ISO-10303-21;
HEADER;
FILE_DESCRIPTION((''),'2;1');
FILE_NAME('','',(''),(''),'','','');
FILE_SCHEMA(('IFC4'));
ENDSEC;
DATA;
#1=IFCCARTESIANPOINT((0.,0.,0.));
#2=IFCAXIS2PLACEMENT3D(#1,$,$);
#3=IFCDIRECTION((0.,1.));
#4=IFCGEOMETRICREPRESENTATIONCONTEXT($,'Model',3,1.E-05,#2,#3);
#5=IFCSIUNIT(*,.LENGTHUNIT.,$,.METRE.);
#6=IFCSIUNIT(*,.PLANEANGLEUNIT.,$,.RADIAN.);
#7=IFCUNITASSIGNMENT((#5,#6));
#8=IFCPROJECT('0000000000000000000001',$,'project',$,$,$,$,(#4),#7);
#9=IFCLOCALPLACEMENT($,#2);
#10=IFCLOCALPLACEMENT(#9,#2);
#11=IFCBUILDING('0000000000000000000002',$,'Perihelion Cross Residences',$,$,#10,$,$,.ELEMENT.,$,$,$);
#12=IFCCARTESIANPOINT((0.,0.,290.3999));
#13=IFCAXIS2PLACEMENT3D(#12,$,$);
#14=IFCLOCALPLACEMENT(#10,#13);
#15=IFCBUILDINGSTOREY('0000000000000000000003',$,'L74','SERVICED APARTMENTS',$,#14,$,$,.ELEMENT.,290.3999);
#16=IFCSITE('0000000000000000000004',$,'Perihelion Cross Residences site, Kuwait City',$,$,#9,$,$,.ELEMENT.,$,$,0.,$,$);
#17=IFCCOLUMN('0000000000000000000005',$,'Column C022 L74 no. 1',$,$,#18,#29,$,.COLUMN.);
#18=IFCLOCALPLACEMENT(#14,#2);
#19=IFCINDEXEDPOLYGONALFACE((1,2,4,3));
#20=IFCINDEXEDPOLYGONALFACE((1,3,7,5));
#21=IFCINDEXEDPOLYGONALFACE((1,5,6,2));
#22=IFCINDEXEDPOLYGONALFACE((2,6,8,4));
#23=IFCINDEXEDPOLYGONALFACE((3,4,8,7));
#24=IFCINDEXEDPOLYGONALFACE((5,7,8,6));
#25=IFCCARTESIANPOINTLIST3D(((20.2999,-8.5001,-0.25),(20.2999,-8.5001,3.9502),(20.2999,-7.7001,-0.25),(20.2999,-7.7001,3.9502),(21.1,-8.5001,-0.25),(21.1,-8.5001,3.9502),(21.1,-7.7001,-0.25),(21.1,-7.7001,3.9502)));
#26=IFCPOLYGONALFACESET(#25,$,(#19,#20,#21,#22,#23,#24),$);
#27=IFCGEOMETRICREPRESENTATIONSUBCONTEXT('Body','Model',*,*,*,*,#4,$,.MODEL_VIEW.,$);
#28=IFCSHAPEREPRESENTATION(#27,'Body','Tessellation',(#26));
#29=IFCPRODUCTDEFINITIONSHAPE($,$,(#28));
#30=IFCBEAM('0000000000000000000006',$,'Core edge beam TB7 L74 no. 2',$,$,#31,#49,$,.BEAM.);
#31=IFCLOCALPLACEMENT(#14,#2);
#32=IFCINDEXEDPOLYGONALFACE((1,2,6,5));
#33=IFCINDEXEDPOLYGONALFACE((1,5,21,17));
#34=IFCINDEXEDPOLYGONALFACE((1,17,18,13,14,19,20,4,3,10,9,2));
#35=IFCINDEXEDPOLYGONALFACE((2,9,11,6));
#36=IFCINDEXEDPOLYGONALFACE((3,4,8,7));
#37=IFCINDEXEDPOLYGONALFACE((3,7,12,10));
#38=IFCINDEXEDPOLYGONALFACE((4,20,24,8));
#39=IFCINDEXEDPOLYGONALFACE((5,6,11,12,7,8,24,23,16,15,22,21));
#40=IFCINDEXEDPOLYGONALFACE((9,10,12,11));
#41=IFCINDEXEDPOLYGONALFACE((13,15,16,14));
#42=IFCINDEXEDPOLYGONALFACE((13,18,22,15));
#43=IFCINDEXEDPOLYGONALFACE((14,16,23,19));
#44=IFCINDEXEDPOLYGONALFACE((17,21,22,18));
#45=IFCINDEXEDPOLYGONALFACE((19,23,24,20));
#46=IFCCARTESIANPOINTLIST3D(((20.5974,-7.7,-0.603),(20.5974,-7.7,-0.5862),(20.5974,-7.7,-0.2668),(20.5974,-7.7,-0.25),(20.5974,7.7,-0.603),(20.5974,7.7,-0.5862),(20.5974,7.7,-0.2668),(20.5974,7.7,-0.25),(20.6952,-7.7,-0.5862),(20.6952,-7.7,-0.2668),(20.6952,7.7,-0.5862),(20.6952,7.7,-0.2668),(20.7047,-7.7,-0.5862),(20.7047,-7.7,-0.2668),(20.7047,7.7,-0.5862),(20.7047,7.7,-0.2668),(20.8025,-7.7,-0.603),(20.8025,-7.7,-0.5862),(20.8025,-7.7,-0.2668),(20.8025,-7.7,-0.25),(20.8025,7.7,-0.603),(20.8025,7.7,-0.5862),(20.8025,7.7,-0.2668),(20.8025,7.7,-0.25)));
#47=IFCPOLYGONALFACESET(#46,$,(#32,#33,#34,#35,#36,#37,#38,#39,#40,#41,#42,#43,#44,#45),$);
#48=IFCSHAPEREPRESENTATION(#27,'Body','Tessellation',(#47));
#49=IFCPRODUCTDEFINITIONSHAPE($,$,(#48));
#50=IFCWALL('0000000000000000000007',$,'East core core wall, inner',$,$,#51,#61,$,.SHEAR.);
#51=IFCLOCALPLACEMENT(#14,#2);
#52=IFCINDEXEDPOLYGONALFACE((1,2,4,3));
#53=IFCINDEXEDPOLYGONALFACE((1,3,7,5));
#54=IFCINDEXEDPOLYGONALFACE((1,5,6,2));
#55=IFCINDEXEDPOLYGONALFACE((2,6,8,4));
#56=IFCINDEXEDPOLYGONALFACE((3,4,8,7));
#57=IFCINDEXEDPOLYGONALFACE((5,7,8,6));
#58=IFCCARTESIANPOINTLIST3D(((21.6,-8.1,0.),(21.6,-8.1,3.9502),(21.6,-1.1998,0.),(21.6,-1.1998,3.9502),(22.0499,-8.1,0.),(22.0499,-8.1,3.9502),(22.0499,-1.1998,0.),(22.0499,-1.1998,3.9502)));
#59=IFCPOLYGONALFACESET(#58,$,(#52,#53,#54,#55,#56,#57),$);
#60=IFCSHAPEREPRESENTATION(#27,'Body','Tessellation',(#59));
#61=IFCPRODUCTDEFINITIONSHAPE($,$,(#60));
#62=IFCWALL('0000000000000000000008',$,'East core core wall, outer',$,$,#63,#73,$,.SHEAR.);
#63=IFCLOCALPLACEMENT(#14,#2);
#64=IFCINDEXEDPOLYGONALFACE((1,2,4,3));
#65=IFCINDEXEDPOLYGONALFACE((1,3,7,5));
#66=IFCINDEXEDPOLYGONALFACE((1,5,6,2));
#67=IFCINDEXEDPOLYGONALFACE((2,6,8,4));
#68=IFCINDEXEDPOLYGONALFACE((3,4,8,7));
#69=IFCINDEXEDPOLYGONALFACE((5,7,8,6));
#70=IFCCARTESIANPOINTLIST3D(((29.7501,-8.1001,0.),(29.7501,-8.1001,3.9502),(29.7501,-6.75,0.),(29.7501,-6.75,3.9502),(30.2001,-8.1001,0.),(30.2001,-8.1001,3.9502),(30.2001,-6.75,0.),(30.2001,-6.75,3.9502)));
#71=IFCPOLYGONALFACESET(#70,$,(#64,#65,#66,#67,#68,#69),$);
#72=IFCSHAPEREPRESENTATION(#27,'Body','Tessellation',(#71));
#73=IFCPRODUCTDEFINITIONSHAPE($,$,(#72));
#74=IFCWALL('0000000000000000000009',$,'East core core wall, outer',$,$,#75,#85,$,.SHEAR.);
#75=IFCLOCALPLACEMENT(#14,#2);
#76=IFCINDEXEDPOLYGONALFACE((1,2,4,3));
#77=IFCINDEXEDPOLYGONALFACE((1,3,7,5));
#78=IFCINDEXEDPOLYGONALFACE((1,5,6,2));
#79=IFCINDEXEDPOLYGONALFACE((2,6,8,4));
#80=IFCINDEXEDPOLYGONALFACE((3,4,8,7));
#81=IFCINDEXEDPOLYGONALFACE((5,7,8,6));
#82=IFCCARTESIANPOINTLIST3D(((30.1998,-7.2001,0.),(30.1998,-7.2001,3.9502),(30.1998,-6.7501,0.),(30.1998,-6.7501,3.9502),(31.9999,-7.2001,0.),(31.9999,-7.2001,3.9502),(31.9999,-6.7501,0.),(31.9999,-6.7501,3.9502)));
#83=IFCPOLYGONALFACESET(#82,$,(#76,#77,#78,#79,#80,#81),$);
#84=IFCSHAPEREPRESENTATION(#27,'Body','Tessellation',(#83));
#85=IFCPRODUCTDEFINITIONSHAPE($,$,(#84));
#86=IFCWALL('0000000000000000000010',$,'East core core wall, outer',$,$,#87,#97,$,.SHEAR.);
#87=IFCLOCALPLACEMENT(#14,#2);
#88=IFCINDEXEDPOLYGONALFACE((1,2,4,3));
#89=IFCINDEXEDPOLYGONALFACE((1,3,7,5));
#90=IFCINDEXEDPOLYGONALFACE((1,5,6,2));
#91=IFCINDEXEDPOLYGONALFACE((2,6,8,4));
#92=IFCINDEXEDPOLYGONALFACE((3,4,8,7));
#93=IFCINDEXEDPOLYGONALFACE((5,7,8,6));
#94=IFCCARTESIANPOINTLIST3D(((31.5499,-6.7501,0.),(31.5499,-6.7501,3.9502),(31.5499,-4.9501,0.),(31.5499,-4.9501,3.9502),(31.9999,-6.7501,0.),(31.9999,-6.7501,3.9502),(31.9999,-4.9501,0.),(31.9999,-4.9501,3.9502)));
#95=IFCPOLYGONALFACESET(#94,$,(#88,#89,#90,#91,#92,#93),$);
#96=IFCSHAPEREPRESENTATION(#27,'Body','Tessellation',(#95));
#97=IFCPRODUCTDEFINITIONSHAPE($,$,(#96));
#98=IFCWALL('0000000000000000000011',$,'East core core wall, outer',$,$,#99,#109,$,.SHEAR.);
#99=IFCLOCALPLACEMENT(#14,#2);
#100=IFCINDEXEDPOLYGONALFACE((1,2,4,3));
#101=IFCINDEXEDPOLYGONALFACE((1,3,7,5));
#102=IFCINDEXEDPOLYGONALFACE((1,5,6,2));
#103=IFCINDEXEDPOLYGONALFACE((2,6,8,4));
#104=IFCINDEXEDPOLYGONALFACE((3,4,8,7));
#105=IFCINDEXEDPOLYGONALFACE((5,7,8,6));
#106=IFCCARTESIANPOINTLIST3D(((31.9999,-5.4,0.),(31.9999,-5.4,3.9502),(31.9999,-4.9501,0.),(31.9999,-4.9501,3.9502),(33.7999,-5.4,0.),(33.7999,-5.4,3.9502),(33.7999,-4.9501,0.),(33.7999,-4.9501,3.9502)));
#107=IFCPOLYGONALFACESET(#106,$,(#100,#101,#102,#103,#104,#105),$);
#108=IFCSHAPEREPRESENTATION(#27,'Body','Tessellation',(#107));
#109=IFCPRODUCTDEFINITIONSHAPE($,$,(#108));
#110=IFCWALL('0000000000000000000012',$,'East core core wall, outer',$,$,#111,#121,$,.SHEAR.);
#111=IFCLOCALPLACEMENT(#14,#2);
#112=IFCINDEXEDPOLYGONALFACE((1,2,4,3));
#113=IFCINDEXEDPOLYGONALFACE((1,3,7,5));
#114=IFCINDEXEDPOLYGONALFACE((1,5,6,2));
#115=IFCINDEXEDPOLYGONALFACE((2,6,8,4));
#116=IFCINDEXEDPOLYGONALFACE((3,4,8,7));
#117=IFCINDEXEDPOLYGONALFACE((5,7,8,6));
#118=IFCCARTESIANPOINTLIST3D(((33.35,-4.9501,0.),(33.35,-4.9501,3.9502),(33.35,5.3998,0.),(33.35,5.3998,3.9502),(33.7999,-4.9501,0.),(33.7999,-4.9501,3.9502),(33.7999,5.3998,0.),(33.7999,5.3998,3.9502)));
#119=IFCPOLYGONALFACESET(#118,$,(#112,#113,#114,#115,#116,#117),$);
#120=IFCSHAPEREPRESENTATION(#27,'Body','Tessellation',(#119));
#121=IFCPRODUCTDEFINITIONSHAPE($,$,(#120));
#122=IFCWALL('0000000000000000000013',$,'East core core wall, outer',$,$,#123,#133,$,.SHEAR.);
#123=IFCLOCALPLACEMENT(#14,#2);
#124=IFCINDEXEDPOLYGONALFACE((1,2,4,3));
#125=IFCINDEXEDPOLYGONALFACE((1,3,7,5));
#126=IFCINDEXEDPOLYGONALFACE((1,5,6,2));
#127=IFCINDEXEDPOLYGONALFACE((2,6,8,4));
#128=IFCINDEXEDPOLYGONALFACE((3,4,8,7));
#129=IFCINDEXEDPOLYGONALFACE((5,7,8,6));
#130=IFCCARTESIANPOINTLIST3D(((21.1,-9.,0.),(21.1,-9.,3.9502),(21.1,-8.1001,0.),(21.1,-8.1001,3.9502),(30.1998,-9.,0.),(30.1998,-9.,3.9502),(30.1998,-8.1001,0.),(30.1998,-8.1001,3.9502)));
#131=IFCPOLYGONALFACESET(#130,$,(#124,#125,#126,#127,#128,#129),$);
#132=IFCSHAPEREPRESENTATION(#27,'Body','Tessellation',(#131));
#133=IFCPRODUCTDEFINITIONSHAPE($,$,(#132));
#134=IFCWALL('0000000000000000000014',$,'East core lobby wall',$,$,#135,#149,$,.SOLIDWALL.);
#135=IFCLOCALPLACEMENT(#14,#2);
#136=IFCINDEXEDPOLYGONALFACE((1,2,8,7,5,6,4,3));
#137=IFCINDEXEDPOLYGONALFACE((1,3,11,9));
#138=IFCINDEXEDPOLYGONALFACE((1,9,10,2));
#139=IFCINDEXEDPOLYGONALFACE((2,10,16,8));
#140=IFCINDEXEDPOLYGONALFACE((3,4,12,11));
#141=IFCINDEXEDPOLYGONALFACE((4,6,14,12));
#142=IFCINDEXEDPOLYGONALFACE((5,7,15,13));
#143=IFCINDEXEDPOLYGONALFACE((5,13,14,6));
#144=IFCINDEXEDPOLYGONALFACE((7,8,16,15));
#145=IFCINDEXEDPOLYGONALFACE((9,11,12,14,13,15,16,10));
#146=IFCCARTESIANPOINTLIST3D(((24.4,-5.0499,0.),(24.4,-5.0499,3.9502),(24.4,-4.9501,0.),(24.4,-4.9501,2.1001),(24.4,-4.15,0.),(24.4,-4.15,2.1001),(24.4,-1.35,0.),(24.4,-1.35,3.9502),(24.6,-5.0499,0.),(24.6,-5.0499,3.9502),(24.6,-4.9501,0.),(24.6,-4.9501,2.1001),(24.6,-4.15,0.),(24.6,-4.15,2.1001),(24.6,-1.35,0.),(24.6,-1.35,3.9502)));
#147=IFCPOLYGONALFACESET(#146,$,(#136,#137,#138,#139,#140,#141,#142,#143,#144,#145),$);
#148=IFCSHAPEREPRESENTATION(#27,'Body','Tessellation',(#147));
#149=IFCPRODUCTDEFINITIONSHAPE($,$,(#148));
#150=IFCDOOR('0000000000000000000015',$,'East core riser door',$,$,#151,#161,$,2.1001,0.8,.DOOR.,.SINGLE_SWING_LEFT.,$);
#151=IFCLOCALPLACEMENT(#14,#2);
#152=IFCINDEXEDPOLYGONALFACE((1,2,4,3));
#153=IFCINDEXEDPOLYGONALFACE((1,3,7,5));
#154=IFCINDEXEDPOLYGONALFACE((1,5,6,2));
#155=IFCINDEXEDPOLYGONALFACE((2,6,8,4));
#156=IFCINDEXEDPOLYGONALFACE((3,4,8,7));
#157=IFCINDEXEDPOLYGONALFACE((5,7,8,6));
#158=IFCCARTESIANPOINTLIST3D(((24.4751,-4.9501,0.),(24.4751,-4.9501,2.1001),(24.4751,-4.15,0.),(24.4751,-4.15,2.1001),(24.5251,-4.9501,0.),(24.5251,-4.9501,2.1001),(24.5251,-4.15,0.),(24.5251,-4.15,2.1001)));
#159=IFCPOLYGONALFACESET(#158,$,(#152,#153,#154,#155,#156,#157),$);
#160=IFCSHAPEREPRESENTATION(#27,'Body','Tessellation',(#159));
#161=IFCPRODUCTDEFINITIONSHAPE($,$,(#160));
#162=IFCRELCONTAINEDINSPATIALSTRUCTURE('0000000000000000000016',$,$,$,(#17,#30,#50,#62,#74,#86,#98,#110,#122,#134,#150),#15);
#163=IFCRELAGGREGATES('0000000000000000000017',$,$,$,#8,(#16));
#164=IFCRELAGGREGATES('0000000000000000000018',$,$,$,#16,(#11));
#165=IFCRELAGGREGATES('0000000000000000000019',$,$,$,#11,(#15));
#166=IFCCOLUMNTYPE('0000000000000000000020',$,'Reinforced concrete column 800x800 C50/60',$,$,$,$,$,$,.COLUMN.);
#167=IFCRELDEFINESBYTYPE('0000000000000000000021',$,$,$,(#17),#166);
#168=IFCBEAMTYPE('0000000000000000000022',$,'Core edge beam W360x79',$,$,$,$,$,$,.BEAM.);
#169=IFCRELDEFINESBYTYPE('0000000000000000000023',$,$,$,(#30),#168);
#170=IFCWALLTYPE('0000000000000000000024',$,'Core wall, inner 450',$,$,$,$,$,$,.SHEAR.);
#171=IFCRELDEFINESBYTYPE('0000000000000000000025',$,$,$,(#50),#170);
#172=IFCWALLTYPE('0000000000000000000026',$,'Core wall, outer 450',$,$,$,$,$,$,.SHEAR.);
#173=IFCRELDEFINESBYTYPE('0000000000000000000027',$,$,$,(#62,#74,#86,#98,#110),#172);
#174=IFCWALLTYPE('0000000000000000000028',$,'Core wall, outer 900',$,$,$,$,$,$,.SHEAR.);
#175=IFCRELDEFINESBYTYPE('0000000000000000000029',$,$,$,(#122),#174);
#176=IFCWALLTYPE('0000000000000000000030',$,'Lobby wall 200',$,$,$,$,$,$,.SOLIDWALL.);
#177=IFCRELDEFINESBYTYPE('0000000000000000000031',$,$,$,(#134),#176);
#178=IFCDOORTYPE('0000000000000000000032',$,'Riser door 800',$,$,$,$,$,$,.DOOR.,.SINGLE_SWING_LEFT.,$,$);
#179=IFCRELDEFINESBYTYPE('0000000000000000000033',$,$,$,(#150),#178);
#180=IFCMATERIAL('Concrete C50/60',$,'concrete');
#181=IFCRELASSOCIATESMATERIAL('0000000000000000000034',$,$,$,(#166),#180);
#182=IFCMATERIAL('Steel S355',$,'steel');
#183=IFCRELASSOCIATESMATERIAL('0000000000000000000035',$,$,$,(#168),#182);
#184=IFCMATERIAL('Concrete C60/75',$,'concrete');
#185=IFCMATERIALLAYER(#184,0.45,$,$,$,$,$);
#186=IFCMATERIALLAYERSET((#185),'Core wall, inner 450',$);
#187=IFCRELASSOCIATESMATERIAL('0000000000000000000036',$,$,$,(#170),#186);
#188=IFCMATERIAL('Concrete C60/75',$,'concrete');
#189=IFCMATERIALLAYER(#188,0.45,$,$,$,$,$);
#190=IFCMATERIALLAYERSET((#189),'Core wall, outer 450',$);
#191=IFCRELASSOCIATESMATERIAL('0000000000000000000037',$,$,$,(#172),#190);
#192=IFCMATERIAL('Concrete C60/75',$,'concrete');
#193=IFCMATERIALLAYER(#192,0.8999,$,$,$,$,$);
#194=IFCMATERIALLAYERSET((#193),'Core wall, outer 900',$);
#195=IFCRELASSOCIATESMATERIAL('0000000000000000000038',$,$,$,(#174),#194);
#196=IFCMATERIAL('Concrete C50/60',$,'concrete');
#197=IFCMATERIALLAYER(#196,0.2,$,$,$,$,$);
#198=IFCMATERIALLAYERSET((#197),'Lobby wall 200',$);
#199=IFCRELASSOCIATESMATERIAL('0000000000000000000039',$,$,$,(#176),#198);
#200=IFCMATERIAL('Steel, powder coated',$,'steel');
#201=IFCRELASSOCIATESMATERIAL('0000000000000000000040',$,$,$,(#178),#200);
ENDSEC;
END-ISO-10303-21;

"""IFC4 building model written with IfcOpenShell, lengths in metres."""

from ifc_helpers import new_model, si_unit, direction, frame, frame_2d, origin, origin_2d, place, context, subcontext, project, spatial, rectangle, i_section, extrude, material, layer, layer_set, material_profile, profile_set, type_object, element, fill, save


model = new_model("IFC4")

# Units and contexts
model_context = context("Model", 3, precision=1e-05, world=origin(), true_north=direction((0.0, 1.0)))
body_context = subcontext(model_context, "Body", "Model", "MODEL_VIEW")
ifc_project = project(units=[si_unit("LENGTHUNIT", "METRE"), si_unit("PLANEANGLEUNIT", "RADIAN")], contexts=[model_context])

# Site, building, storey
site_placement = place(None, origin())
site = spatial("IfcSite", under=ifc_project, at=site_placement, Name="Perihelion Cross Residences site, Kuwait City", CompositionType="ELEMENT", RefElevation=0.0)
building_placement = place(site_placement, origin())
building = spatial("IfcBuilding", under=site, at=building_placement, Name="Perihelion Cross Residences", CompositionType="ELEMENT")
storey_placement = place(building_placement, frame((0.0, 0.0, 290.3999)))
storey = spatial("IfcBuildingStorey", under=building, at=storey_placement, Name="L74", Description="SERVICED APARTMENTS", CompositionType="ELEMENT", Elevation=290.3999)

# Column
ifc_material_1 = material(Name="Concrete C50/60", Category="concrete")
ifc_material_profile_1 = material_profile(ifc_material_1, rectangle(XDim=0.8, YDim=0.8, at=origin_2d()), Name="RC 800x800")
ifc_profile_set_1 = profile_set([ifc_material_profile_1], Name="Concrete C50/60")
column_type = type_object("IfcColumnType", Name="Reinforced concrete column 800x800 C50/60", PredefinedType="COLUMN", material=ifc_profile_set_1)
column_placement = place(storey_placement, frame((20.7, -8.1001, -0.25), z_axis=(0.0, 0.0, 1.0), x_axis=(1.0, 0.0, 0.0)))
element("IfcColumn", 1, at=column_placement, inside=storey, type_object=column_type, Name="Column C022 L74 no. 1", PredefinedType="COLUMN", context=body_context, shape_type="SweptSolid", body=[
    extrude(rectangle(XDim=0.8, YDim=0.8, at=origin_2d()), origin(), (0.0, 0.0, 1.0), 4.2002),
])

# Beam
ifc_material_2 = material(Name="Steel S355", Category="steel")
ifc_material_profile_2 = material_profile(ifc_material_2, i_section(OverallWidth=0.2051, OverallDepth=0.353, WebThickness=0.0095, FlangeThickness=0.0168, at=origin_2d()), Name="W360x79")
ifc_profile_set_2 = profile_set([ifc_material_profile_2], Name="Steel S355")
beam_type = type_object("IfcBeamType", Name="Core edge beam W360x79", PredefinedType="BEAM", material=ifc_profile_set_2)
beam_placement = place(storey_placement, frame((20.7, -7.7, -0.4265), z_axis=(0.0, 1.0, 0.0), x_axis=(-1.0, 0.0, 0.0)))
element("IfcBeam", 2, at=beam_placement, inside=storey, type_object=beam_type, Name="Core edge beam TB7 L74 no. 2", PredefinedType="BEAM", context=body_context, shape_type="SweptSolid", body=[
    extrude(i_section(OverallWidth=0.2051, OverallDepth=0.353, WebThickness=0.0095, FlangeThickness=0.0168, at=origin_2d()), origin(), (0.0, 0.0, 1.0), 15.3999),
])

# Walls
ifc_material_3 = material(Name="Concrete C60/75", Category="concrete")
ifc_layer_1 = layer(ifc_material_3, 0.45)
ifc_layer_set_1 = layer_set([ifc_layer_1], Name="Core wall, inner 450")
wall_type_1 = type_object("IfcWallType", Name="Core wall, inner 450", PredefinedType="SHEAR", material=ifc_layer_set_1)
wall_1_placement = place(storey_placement, frame((21.825, -8.1001, 0.0), z_axis=(0.0, 0.0, 1.0), x_axis=(0.0, 1.0, 0.0)))
element("IfcWall", 3, at=wall_1_placement, inside=storey, type_object=wall_type_1, Name="East core core wall, inner", PredefinedType="SHEAR", context=body_context, shape_type="SweptSolid", body=[
    extrude(rectangle(XDim=6.9001, YDim=0.45, at=frame_2d((3.4502, 0.0))), origin(), (0.0, 0.0, 1.0), 3.9502),
])
ifc_material_4 = material(Name="Concrete C60/75", Category="concrete")
ifc_layer_2 = layer(ifc_material_4, 0.45)
ifc_layer_set_2 = layer_set([ifc_layer_2], Name="Core wall, outer 450")
wall_type_2 = type_object("IfcWallType", Name="Core wall, outer 450", PredefinedType="SHEAR", material=ifc_layer_set_2)
wall_2_placement = place(storey_placement, frame((29.9751, -8.1001, 0.0), z_axis=(0.0, 0.0, 1.0), x_axis=(0.0, 1.0, 0.0)))
element("IfcWall", 4, at=wall_2_placement, inside=storey, type_object=wall_type_2, Name="East core core wall, outer", PredefinedType="SHEAR", context=body_context, shape_type="SweptSolid", body=[
    extrude(rectangle(XDim=1.3501, YDim=0.45, at=frame_2d((0.675, 0.0))), origin(), (0.0, 0.0, 1.0), 3.9502),
])
for number, where, z_axis, x_axis, name in (
    (5, (30.2, -6.9751, 0.0), (0.0, 0.0, 1.0), (1.0, 0.0, 0.0), "East core core wall, outer"),
    (6, (31.7749, -6.75, 0.0), (0.0, 0.0, 1.0), (0.0, 1.0, 0.0), "East core core wall, outer"),
    (7, (32.0, -5.175, 0.0), (0.0, 0.0, 1.0), (1.0, 0.0, 0.0), "East core core wall, outer"),
):
    element("IfcWall", number, at=place(storey_placement, frame(where, z_axis=z_axis, x_axis=x_axis)), inside=storey, type_object=wall_type_2, Name=name, PredefinedType="SHEAR", context=body_context, shape_type="SweptSolid", body=[
        extrude(rectangle(XDim=1.8, YDim=0.45, at=frame_2d((0.8999, 0.0))), origin(), (0.0, 0.0, 1.0), 3.9502),
    ])
wall_3_placement = place(storey_placement, frame((33.575, -4.95, 0.0), z_axis=(0.0, 0.0, 1.0), x_axis=(0.0, 1.0, 0.0)))
element("IfcWall", 8, at=wall_3_placement, inside=storey, type_object=wall_type_2, Name="East core core wall, outer", PredefinedType="SHEAR", context=body_context, shape_type="SweptSolid", body=[
    extrude(rectangle(XDim=10.3499, YDim=0.45, at=frame_2d((5.1748, 0.0))), origin(), (0.0, 0.0, 1.0), 3.9502),
])
ifc_material_5 = material(Name="Concrete C60/75", Category="concrete")
ifc_layer_3 = layer(ifc_material_5, 0.8999)
ifc_layer_set_3 = layer_set([ifc_layer_3], Name="Core wall, outer 900")
wall_type_3 = type_object("IfcWallType", Name="Core wall, outer 900", PredefinedType="SHEAR", material=ifc_layer_set_3)
wall_4_placement = place(storey_placement, frame((21.1001, -8.55, 0.0), z_axis=(0.0, 0.0, 1.0), x_axis=(1.0, 0.0, 0.0)))
element("IfcWall", 9, at=wall_4_placement, inside=storey, type_object=wall_type_3, Name="East core core wall, outer", PredefinedType="SHEAR", context=body_context, shape_type="SweptSolid", body=[
    extrude(rectangle(XDim=9.0999, YDim=0.8999, at=frame_2d((4.5498, 0.0))), origin(), (0.0, 0.0, 1.0), 3.9502),
])

# Wall, opening, door
ifc_material_6 = material(Name="Concrete C50/60", Category="concrete")
ifc_layer_4 = layer(ifc_material_6, 0.2)
ifc_layer_set_4 = layer_set([ifc_layer_4], Name="Lobby wall 200")
wall_type_4 = type_object("IfcWallType", Name="Lobby wall 200", PredefinedType="SOLIDWALL", material=ifc_layer_set_4)
wall_5_placement = place(storey_placement, frame((24.5, -5.05, 0.0), z_axis=(0.0, 0.0, 1.0), x_axis=(0.0, 1.0, 0.0)))
wall_5 = element("IfcWall", 10, at=wall_5_placement, inside=storey, type_object=wall_type_4, Name="East core lobby wall", PredefinedType="SOLIDWALL", context=body_context, shape_type="SweptSolid", body=[
    extrude(rectangle(XDim=3.7, YDim=0.2, at=frame_2d((1.8501, 0.0))), origin(), (0.0, 0.0, 1.0), 3.9502),
])
opening_1_placement = place(wall_5_placement, frame((0.1001, 0.0, 0.0)))
opening_1 = element("IfcOpeningElement", 11, at=opening_1_placement, cuts=wall_5, PredefinedType="OPENING", context=body_context, shape_type="SweptSolid", body=[
    extrude(rectangle(XDim=0.8, YDim=2.1001, at=frame_2d((0.3999, 1.05))), frame((0.0, 0.1099, 0.0), z_axis=(0.0, -1.0, 0.0), x_axis=(1.0, 0.0, 0.0)), (0.0, 0.0, 1.0), 0.22),
])
ifc_material_7 = material(Name="Steel, powder coated", Category="steel")
door_type_1 = type_object("IfcDoorType", Name="Riser door 800", OperationType="SINGLE_SWING_LEFT", PredefinedType="DOOR", material=ifc_material_7)
door_1_placement = place(opening_1_placement, origin())
door_1 = element("IfcDoor", 12, at=door_1_placement, inside=storey, type_object=door_type_1, Name="East core riser door", OperationType="SINGLE_SWING_LEFT", OverallHeight=2.1001, OverallWidth=0.8, PredefinedType="DOOR", context=body_context, shape_type="SweptSolid", body=[
    extrude(rectangle(XDim=0.8, YDim=2.1001, at=frame_2d((0.3999, 1.05))), frame((0.0, 0.0249, 0.0), z_axis=(0.0, -1.0, 0.0), x_axis=(1.0, 0.0, 0.0)), (0.0, 0.0, 1.0), 0.05),
])
fill(opening_1, door_1)

save(model, "model.ifc")
